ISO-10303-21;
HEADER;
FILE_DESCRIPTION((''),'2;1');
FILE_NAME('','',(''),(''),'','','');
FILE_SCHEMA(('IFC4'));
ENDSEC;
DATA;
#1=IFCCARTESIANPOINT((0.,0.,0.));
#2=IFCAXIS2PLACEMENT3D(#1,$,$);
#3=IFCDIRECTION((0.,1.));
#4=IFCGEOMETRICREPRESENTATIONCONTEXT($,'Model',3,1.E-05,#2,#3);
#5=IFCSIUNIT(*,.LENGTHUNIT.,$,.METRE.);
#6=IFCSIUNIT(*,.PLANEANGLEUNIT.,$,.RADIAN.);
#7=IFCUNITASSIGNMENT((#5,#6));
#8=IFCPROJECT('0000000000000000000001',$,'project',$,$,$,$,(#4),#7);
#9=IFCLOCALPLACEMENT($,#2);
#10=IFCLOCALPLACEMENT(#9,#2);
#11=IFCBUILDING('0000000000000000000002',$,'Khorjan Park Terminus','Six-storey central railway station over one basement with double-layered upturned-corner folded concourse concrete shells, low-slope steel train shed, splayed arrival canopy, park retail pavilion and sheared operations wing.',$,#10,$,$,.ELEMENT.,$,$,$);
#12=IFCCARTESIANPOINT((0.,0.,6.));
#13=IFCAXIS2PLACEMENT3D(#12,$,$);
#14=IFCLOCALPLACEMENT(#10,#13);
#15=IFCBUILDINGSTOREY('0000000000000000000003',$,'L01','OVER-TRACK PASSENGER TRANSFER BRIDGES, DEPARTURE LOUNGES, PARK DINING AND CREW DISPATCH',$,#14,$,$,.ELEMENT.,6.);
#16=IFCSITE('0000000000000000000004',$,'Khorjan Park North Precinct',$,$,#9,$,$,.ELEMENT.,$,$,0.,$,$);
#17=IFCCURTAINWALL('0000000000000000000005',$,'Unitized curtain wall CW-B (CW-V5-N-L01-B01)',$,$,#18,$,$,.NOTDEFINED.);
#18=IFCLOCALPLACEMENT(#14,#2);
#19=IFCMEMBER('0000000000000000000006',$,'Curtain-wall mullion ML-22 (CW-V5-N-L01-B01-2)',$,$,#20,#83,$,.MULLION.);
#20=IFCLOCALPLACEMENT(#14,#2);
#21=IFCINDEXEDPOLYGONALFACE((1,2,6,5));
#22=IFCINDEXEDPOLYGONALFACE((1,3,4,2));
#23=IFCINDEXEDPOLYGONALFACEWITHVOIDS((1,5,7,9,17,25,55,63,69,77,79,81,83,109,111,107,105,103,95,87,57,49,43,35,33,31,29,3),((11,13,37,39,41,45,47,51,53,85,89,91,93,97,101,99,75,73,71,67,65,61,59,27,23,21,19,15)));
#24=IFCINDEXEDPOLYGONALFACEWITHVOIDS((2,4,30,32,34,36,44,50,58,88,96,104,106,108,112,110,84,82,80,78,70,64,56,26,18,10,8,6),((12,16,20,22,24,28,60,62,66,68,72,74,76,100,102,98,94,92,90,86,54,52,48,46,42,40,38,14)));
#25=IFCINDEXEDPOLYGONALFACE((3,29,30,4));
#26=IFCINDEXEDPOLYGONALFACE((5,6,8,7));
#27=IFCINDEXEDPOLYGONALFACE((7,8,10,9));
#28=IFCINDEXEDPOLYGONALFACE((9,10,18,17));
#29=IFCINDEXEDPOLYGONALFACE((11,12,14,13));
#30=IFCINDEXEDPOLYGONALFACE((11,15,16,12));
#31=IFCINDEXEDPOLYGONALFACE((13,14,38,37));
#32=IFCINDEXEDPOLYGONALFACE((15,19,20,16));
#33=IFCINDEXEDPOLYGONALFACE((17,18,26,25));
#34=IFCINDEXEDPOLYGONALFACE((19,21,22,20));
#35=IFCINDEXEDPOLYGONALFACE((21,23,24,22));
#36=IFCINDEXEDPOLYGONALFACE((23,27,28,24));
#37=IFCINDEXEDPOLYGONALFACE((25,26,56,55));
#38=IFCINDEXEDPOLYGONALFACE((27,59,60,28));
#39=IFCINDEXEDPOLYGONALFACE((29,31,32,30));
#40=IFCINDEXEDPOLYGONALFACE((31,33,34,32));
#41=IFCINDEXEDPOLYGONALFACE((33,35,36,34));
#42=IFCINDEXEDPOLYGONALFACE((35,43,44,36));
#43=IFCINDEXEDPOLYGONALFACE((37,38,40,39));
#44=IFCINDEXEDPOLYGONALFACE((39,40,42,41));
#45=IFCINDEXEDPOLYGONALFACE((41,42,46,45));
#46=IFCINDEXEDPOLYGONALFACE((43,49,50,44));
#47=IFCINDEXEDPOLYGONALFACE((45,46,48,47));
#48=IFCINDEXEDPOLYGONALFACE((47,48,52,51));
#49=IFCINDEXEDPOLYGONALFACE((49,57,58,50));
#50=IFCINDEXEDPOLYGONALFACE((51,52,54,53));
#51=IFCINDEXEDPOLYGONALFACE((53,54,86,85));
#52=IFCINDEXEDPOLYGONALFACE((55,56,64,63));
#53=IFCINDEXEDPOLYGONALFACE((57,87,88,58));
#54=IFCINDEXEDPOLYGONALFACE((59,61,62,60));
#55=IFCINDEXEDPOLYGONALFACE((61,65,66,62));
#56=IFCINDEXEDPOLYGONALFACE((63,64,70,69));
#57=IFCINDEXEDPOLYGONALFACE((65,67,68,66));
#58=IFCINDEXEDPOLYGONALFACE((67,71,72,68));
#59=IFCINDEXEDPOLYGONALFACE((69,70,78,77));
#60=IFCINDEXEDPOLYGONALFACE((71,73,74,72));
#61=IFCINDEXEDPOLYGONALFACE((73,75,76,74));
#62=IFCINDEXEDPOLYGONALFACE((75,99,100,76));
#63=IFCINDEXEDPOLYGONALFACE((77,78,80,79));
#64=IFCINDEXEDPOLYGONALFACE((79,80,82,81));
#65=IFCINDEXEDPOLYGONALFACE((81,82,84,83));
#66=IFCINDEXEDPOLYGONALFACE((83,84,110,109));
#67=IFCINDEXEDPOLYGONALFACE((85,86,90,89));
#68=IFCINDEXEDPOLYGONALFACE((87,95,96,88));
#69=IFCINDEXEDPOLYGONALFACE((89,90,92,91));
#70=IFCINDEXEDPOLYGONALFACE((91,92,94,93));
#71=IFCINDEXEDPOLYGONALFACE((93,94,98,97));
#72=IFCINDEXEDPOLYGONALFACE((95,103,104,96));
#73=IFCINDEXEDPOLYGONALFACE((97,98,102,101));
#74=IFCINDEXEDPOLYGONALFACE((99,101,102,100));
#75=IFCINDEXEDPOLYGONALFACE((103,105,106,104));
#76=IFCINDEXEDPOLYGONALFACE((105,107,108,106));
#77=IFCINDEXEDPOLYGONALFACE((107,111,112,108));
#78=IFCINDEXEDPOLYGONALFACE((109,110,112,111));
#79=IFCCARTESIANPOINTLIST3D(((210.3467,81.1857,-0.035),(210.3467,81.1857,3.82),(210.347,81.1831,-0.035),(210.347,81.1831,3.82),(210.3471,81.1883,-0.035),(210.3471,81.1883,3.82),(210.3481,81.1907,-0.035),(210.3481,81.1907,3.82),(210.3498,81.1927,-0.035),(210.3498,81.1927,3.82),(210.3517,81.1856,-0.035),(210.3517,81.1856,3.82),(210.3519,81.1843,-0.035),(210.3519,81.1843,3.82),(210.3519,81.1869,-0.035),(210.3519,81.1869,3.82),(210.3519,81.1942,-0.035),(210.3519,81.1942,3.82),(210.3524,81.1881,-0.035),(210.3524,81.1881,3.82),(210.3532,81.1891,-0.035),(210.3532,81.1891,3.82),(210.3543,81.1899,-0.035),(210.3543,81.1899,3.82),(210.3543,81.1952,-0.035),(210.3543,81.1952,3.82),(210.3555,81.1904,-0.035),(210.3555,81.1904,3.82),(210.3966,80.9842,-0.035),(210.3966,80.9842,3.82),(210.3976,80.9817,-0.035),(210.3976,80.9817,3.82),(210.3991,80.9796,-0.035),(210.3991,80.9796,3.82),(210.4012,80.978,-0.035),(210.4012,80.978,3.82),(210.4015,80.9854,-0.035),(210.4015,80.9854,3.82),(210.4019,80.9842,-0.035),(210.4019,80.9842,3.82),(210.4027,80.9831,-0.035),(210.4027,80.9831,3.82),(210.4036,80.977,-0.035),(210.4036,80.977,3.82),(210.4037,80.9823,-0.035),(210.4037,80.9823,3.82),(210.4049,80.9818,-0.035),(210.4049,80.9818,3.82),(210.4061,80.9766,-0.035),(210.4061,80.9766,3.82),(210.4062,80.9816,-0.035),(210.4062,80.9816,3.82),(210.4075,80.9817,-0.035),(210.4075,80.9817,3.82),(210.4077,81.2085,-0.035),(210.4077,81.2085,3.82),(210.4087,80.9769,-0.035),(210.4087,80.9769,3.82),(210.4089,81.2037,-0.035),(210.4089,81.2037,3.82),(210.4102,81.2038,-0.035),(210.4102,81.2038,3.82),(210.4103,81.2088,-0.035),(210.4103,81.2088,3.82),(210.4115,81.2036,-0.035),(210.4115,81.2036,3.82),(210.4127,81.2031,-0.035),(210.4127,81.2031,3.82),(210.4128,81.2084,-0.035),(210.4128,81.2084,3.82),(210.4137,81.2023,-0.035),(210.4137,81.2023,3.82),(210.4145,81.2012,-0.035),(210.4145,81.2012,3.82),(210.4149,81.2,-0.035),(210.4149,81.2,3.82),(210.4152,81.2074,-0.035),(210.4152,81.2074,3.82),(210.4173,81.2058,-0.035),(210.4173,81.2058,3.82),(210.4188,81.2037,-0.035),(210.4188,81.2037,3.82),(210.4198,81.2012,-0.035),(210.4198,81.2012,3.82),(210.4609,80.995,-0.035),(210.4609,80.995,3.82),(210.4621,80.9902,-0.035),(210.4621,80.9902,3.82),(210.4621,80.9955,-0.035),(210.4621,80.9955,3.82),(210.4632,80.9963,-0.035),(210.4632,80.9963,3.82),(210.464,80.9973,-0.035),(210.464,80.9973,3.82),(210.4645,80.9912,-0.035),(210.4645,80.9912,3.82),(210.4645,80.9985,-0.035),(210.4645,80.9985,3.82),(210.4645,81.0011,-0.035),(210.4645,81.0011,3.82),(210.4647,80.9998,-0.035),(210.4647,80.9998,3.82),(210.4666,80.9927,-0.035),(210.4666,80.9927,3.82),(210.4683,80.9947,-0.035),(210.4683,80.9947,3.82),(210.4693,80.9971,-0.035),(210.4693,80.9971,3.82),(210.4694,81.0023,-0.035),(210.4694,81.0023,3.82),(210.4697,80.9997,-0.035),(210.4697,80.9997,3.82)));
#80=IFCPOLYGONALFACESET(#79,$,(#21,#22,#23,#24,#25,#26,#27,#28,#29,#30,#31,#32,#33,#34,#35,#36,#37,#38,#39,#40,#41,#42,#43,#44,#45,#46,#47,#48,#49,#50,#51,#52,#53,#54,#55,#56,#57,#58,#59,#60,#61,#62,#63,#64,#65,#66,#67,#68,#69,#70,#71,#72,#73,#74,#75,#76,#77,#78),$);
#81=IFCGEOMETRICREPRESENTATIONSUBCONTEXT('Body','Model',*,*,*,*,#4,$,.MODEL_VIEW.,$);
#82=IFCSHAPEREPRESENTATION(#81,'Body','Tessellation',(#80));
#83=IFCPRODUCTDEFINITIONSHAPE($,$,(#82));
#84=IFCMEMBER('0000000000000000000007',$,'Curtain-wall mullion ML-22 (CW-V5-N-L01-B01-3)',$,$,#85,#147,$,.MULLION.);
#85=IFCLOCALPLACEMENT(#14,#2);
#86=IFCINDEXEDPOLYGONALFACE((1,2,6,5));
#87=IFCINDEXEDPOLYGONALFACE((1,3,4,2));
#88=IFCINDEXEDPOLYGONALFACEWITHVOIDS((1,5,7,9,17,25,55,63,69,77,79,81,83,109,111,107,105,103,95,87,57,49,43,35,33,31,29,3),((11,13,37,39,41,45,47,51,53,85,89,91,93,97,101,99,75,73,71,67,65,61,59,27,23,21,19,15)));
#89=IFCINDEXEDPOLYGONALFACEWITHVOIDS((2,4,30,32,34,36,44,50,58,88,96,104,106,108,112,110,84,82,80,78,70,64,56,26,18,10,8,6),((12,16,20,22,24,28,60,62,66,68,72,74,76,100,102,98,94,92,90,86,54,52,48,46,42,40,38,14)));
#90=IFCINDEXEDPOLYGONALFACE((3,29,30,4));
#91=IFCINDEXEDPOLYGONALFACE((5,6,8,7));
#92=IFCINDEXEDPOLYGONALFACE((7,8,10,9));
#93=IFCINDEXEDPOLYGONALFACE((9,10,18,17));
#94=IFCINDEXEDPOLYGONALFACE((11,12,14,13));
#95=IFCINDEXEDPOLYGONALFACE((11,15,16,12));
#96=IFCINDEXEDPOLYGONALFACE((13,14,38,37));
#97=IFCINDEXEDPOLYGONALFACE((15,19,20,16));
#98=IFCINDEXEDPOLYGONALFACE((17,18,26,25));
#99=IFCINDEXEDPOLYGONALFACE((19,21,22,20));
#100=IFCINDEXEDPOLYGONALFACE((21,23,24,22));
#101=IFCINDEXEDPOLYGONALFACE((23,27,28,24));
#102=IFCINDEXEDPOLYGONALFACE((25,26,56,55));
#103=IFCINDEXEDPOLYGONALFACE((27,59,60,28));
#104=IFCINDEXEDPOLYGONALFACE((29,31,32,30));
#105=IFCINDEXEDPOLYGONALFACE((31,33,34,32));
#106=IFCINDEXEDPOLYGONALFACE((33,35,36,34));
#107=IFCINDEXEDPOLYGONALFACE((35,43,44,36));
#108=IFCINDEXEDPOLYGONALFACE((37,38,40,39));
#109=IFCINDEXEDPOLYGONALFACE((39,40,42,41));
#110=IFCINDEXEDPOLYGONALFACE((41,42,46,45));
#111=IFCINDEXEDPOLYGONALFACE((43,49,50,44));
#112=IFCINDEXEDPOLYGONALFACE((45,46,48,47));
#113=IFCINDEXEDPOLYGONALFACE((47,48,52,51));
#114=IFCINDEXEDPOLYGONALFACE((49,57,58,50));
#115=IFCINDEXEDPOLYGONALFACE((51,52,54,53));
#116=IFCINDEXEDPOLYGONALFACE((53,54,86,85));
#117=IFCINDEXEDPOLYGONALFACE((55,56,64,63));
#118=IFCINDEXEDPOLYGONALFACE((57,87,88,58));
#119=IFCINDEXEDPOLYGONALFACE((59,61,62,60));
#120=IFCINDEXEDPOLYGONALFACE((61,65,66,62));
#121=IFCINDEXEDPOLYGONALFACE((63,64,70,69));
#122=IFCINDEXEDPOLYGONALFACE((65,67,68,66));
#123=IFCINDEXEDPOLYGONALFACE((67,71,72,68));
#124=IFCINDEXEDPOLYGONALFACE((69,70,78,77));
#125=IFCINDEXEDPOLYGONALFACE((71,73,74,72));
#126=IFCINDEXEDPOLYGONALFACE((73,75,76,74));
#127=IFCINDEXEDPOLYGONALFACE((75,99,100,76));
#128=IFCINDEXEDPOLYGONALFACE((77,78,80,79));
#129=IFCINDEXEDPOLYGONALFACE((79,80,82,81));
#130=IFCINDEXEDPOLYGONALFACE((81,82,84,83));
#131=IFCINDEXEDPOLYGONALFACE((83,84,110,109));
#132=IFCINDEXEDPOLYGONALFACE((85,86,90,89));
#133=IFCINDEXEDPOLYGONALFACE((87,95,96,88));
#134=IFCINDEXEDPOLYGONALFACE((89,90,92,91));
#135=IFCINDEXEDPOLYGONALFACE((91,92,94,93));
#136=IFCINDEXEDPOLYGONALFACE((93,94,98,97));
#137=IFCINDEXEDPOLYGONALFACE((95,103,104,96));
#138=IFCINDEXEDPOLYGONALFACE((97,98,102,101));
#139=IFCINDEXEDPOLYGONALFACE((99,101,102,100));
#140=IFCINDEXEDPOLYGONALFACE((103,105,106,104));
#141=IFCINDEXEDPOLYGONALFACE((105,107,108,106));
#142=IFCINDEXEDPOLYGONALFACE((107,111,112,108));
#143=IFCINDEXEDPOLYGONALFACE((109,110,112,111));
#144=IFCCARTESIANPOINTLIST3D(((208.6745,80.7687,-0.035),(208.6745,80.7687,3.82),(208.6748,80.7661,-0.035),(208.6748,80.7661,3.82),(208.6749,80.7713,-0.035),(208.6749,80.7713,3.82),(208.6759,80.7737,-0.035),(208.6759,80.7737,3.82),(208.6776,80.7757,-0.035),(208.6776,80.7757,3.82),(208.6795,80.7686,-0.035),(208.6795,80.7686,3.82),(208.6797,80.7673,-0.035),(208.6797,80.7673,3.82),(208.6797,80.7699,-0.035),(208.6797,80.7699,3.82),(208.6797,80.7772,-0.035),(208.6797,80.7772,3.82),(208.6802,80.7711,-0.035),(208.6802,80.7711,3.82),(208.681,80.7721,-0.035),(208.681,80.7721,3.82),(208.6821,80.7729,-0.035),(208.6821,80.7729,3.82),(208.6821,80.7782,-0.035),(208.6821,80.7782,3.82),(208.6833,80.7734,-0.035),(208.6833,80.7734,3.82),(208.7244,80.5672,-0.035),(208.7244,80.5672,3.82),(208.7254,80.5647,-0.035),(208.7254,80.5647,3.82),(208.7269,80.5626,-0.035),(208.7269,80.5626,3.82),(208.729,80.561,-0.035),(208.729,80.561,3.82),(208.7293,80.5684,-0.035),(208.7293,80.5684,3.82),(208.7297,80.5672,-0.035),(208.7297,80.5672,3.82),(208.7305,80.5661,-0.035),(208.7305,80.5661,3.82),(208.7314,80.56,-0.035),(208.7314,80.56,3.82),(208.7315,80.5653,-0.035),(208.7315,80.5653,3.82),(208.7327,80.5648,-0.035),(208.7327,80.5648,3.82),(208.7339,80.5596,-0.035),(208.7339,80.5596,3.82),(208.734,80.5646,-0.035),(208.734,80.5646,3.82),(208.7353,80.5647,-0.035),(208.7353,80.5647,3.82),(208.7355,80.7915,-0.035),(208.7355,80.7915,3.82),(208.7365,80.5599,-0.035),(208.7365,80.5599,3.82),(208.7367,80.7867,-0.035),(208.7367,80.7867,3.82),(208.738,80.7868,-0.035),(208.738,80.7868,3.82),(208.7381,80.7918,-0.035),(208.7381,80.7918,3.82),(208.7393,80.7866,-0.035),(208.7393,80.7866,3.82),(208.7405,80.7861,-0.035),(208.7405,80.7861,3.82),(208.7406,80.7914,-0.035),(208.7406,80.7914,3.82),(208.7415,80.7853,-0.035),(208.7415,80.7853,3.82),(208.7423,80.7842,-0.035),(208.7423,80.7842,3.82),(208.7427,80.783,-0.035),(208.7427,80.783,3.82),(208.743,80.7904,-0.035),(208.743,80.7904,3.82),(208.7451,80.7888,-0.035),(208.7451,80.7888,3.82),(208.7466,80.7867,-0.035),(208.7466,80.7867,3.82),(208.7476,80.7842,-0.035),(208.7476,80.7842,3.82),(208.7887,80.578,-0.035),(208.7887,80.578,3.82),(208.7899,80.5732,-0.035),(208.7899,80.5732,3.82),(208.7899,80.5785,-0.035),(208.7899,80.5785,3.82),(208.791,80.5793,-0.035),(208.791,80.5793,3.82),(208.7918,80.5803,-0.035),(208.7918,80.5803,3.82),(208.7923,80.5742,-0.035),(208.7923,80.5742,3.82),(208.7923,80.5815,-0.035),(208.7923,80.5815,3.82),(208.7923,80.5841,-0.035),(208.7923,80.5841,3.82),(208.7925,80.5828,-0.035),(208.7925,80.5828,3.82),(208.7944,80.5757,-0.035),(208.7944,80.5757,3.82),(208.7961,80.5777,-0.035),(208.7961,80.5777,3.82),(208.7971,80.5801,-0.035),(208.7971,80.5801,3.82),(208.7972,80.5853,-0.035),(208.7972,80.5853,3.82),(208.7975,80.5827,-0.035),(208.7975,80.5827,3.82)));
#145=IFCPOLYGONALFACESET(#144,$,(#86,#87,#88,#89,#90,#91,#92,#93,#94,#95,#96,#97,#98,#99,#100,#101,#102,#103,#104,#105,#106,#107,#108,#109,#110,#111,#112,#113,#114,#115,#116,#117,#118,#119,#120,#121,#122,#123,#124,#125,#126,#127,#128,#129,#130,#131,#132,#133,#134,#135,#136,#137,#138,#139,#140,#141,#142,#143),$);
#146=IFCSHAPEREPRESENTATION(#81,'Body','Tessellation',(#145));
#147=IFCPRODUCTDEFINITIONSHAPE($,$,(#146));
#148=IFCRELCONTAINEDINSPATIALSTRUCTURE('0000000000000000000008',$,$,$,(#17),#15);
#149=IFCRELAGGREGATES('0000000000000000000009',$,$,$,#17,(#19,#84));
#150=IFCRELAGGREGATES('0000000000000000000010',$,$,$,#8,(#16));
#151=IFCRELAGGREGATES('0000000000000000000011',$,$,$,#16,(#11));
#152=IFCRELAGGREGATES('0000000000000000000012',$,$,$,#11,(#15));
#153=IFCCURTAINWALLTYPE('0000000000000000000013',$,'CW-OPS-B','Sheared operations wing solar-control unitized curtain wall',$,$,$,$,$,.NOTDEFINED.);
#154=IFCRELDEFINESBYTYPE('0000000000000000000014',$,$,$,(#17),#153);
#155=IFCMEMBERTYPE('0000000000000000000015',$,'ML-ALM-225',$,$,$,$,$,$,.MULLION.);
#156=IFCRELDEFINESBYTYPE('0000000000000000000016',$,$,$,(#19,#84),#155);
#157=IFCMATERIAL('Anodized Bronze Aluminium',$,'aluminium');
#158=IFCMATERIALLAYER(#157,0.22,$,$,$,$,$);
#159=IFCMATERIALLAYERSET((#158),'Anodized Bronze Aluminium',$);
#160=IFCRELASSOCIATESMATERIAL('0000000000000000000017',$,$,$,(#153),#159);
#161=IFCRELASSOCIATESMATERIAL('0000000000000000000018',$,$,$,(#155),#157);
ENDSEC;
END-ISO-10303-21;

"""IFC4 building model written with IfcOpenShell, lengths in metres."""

from ifc_helpers import new_model, si_unit, direction, frame, origin, origin_2d, place, context, subcontext, project, spatial, hollow_rectangle, extrude, material, layer, layer_set, material_profile, profile_set, type_object, element, aggregate, save


model = new_model("IFC4")

# Units and contexts
model_context = context("Model", 3, precision=1e-05, world=origin(), true_north=direction((0.0, 1.0)))
body_context = subcontext(model_context, "Body", "Model", "MODEL_VIEW")
ifc_project = project(units=[si_unit("LENGTHUNIT", "METRE"), si_unit("PLANEANGLEUNIT", "RADIAN")], contexts=[model_context])

# Site, building, storey
site_placement = place(None, origin())
site = spatial("IfcSite", under=ifc_project, at=site_placement, Name="Khorjan Park North Precinct", CompositionType="ELEMENT", RefElevation=0.0)
building_placement = place(site_placement, origin())
building = spatial("IfcBuilding", under=site, at=building_placement, Name="Khorjan Park Terminus", Description="Six-storey central railway station over one basement with double-layered upturned-corner folded concourse concrete shells, low-slope steel train shed, splayed arrival canopy, park retail pavilion and sheared operations wing.", CompositionType="ELEMENT")
storey_placement = place(building_placement, frame((0.0, 0.0, 6.0)))
storey = spatial("IfcBuildingStorey", under=building, at=storey_placement, Name="L01", Description="OVER-TRACK PASSENGER TRANSFER BRIDGES, DEPARTURE LOUNGES, PARK DINING AND CREW DISPATCH", CompositionType="ELEMENT", Elevation=6.0)

# Curtain wall, members
ifc_material_1 = material(Name="Anodized Bronze Aluminium", Category="aluminium")
ifc_layer_1 = layer(ifc_material_1, 0.22)
ifc_layer_set_1 = layer_set([ifc_layer_1], Name="Anodized Bronze Aluminium")
curtain_wall_type = type_object("IfcCurtainWallType", Name="CW-OPS-B", Description="Sheared operations wing solar-control unitized curtain wall", PredefinedType="NOTDEFINED", material=ifc_layer_set_1)
curtain_wall_placement = place(storey_placement, origin())
curtain_wall = element("IfcCurtainWall", 1, at=curtain_wall_placement, inside=storey, type_object=curtain_wall_type, Name="Unitized curtain wall CW-B (CW-V5-N-L01-B01)", PredefinedType="NOTDEFINED")
ifc_material_profile_1 = material_profile(ifc_material_1, hollow_rectangle(XDim=0.075, YDim=0.225, WallThickness=0.005, InnerFilletRadius=0.005, OuterFilletRadius=0.01, at=origin_2d()), Name="ALM 75x225x5")
ifc_profile_set_1 = profile_set([ifc_material_profile_1], Name="Anodized Bronze Aluminium")
member_type_1 = type_object("IfcMemberType", Name="ML-ALM-225", PredefinedType="MULLION", material=ifc_profile_set_1)
member_1_placement = place(storey_placement, frame((210.4082, 81.0927, -0.035), z_axis=(0.0, 0.0, 1.0), x_axis=(-0.970294, -0.241928, 0.0)))
member_1 = element("IfcMember", 2, at=member_1_placement, type_object=member_type_1, Name="Curtain-wall mullion ML-22 (CW-V5-N-L01-B01-2)", PredefinedType="MULLION", context=body_context, shape_type="SweptSolid", body=[
    extrude(hollow_rectangle(XDim=0.075, YDim=0.225, WallThickness=0.005, InnerFilletRadius=0.005, OuterFilletRadius=0.01, at=origin_2d()), origin(), (0.0, 0.0, 1.0), 3.855),
])
member_2_placement = place(storey_placement, frame((208.736, 80.6757, -0.035), z_axis=(0.0, 0.0, 1.0), x_axis=(-0.970294, -0.241928, 0.0)))
member_2 = element("IfcMember", 3, at=member_2_placement, type_object=member_type_1, Name="Curtain-wall mullion ML-22 (CW-V5-N-L01-B01-3)", PredefinedType="MULLION", context=body_context, shape_type="SweptSolid", body=[
    extrude(hollow_rectangle(XDim=0.075, YDim=0.225, WallThickness=0.005, InnerFilletRadius=0.005, OuterFilletRadius=0.01, at=origin_2d()), origin(), (0.0, 0.0, 1.0), 3.855),
])
aggregate(curtain_wall, [member_1, member_2])

save(model, "model.ifc")
